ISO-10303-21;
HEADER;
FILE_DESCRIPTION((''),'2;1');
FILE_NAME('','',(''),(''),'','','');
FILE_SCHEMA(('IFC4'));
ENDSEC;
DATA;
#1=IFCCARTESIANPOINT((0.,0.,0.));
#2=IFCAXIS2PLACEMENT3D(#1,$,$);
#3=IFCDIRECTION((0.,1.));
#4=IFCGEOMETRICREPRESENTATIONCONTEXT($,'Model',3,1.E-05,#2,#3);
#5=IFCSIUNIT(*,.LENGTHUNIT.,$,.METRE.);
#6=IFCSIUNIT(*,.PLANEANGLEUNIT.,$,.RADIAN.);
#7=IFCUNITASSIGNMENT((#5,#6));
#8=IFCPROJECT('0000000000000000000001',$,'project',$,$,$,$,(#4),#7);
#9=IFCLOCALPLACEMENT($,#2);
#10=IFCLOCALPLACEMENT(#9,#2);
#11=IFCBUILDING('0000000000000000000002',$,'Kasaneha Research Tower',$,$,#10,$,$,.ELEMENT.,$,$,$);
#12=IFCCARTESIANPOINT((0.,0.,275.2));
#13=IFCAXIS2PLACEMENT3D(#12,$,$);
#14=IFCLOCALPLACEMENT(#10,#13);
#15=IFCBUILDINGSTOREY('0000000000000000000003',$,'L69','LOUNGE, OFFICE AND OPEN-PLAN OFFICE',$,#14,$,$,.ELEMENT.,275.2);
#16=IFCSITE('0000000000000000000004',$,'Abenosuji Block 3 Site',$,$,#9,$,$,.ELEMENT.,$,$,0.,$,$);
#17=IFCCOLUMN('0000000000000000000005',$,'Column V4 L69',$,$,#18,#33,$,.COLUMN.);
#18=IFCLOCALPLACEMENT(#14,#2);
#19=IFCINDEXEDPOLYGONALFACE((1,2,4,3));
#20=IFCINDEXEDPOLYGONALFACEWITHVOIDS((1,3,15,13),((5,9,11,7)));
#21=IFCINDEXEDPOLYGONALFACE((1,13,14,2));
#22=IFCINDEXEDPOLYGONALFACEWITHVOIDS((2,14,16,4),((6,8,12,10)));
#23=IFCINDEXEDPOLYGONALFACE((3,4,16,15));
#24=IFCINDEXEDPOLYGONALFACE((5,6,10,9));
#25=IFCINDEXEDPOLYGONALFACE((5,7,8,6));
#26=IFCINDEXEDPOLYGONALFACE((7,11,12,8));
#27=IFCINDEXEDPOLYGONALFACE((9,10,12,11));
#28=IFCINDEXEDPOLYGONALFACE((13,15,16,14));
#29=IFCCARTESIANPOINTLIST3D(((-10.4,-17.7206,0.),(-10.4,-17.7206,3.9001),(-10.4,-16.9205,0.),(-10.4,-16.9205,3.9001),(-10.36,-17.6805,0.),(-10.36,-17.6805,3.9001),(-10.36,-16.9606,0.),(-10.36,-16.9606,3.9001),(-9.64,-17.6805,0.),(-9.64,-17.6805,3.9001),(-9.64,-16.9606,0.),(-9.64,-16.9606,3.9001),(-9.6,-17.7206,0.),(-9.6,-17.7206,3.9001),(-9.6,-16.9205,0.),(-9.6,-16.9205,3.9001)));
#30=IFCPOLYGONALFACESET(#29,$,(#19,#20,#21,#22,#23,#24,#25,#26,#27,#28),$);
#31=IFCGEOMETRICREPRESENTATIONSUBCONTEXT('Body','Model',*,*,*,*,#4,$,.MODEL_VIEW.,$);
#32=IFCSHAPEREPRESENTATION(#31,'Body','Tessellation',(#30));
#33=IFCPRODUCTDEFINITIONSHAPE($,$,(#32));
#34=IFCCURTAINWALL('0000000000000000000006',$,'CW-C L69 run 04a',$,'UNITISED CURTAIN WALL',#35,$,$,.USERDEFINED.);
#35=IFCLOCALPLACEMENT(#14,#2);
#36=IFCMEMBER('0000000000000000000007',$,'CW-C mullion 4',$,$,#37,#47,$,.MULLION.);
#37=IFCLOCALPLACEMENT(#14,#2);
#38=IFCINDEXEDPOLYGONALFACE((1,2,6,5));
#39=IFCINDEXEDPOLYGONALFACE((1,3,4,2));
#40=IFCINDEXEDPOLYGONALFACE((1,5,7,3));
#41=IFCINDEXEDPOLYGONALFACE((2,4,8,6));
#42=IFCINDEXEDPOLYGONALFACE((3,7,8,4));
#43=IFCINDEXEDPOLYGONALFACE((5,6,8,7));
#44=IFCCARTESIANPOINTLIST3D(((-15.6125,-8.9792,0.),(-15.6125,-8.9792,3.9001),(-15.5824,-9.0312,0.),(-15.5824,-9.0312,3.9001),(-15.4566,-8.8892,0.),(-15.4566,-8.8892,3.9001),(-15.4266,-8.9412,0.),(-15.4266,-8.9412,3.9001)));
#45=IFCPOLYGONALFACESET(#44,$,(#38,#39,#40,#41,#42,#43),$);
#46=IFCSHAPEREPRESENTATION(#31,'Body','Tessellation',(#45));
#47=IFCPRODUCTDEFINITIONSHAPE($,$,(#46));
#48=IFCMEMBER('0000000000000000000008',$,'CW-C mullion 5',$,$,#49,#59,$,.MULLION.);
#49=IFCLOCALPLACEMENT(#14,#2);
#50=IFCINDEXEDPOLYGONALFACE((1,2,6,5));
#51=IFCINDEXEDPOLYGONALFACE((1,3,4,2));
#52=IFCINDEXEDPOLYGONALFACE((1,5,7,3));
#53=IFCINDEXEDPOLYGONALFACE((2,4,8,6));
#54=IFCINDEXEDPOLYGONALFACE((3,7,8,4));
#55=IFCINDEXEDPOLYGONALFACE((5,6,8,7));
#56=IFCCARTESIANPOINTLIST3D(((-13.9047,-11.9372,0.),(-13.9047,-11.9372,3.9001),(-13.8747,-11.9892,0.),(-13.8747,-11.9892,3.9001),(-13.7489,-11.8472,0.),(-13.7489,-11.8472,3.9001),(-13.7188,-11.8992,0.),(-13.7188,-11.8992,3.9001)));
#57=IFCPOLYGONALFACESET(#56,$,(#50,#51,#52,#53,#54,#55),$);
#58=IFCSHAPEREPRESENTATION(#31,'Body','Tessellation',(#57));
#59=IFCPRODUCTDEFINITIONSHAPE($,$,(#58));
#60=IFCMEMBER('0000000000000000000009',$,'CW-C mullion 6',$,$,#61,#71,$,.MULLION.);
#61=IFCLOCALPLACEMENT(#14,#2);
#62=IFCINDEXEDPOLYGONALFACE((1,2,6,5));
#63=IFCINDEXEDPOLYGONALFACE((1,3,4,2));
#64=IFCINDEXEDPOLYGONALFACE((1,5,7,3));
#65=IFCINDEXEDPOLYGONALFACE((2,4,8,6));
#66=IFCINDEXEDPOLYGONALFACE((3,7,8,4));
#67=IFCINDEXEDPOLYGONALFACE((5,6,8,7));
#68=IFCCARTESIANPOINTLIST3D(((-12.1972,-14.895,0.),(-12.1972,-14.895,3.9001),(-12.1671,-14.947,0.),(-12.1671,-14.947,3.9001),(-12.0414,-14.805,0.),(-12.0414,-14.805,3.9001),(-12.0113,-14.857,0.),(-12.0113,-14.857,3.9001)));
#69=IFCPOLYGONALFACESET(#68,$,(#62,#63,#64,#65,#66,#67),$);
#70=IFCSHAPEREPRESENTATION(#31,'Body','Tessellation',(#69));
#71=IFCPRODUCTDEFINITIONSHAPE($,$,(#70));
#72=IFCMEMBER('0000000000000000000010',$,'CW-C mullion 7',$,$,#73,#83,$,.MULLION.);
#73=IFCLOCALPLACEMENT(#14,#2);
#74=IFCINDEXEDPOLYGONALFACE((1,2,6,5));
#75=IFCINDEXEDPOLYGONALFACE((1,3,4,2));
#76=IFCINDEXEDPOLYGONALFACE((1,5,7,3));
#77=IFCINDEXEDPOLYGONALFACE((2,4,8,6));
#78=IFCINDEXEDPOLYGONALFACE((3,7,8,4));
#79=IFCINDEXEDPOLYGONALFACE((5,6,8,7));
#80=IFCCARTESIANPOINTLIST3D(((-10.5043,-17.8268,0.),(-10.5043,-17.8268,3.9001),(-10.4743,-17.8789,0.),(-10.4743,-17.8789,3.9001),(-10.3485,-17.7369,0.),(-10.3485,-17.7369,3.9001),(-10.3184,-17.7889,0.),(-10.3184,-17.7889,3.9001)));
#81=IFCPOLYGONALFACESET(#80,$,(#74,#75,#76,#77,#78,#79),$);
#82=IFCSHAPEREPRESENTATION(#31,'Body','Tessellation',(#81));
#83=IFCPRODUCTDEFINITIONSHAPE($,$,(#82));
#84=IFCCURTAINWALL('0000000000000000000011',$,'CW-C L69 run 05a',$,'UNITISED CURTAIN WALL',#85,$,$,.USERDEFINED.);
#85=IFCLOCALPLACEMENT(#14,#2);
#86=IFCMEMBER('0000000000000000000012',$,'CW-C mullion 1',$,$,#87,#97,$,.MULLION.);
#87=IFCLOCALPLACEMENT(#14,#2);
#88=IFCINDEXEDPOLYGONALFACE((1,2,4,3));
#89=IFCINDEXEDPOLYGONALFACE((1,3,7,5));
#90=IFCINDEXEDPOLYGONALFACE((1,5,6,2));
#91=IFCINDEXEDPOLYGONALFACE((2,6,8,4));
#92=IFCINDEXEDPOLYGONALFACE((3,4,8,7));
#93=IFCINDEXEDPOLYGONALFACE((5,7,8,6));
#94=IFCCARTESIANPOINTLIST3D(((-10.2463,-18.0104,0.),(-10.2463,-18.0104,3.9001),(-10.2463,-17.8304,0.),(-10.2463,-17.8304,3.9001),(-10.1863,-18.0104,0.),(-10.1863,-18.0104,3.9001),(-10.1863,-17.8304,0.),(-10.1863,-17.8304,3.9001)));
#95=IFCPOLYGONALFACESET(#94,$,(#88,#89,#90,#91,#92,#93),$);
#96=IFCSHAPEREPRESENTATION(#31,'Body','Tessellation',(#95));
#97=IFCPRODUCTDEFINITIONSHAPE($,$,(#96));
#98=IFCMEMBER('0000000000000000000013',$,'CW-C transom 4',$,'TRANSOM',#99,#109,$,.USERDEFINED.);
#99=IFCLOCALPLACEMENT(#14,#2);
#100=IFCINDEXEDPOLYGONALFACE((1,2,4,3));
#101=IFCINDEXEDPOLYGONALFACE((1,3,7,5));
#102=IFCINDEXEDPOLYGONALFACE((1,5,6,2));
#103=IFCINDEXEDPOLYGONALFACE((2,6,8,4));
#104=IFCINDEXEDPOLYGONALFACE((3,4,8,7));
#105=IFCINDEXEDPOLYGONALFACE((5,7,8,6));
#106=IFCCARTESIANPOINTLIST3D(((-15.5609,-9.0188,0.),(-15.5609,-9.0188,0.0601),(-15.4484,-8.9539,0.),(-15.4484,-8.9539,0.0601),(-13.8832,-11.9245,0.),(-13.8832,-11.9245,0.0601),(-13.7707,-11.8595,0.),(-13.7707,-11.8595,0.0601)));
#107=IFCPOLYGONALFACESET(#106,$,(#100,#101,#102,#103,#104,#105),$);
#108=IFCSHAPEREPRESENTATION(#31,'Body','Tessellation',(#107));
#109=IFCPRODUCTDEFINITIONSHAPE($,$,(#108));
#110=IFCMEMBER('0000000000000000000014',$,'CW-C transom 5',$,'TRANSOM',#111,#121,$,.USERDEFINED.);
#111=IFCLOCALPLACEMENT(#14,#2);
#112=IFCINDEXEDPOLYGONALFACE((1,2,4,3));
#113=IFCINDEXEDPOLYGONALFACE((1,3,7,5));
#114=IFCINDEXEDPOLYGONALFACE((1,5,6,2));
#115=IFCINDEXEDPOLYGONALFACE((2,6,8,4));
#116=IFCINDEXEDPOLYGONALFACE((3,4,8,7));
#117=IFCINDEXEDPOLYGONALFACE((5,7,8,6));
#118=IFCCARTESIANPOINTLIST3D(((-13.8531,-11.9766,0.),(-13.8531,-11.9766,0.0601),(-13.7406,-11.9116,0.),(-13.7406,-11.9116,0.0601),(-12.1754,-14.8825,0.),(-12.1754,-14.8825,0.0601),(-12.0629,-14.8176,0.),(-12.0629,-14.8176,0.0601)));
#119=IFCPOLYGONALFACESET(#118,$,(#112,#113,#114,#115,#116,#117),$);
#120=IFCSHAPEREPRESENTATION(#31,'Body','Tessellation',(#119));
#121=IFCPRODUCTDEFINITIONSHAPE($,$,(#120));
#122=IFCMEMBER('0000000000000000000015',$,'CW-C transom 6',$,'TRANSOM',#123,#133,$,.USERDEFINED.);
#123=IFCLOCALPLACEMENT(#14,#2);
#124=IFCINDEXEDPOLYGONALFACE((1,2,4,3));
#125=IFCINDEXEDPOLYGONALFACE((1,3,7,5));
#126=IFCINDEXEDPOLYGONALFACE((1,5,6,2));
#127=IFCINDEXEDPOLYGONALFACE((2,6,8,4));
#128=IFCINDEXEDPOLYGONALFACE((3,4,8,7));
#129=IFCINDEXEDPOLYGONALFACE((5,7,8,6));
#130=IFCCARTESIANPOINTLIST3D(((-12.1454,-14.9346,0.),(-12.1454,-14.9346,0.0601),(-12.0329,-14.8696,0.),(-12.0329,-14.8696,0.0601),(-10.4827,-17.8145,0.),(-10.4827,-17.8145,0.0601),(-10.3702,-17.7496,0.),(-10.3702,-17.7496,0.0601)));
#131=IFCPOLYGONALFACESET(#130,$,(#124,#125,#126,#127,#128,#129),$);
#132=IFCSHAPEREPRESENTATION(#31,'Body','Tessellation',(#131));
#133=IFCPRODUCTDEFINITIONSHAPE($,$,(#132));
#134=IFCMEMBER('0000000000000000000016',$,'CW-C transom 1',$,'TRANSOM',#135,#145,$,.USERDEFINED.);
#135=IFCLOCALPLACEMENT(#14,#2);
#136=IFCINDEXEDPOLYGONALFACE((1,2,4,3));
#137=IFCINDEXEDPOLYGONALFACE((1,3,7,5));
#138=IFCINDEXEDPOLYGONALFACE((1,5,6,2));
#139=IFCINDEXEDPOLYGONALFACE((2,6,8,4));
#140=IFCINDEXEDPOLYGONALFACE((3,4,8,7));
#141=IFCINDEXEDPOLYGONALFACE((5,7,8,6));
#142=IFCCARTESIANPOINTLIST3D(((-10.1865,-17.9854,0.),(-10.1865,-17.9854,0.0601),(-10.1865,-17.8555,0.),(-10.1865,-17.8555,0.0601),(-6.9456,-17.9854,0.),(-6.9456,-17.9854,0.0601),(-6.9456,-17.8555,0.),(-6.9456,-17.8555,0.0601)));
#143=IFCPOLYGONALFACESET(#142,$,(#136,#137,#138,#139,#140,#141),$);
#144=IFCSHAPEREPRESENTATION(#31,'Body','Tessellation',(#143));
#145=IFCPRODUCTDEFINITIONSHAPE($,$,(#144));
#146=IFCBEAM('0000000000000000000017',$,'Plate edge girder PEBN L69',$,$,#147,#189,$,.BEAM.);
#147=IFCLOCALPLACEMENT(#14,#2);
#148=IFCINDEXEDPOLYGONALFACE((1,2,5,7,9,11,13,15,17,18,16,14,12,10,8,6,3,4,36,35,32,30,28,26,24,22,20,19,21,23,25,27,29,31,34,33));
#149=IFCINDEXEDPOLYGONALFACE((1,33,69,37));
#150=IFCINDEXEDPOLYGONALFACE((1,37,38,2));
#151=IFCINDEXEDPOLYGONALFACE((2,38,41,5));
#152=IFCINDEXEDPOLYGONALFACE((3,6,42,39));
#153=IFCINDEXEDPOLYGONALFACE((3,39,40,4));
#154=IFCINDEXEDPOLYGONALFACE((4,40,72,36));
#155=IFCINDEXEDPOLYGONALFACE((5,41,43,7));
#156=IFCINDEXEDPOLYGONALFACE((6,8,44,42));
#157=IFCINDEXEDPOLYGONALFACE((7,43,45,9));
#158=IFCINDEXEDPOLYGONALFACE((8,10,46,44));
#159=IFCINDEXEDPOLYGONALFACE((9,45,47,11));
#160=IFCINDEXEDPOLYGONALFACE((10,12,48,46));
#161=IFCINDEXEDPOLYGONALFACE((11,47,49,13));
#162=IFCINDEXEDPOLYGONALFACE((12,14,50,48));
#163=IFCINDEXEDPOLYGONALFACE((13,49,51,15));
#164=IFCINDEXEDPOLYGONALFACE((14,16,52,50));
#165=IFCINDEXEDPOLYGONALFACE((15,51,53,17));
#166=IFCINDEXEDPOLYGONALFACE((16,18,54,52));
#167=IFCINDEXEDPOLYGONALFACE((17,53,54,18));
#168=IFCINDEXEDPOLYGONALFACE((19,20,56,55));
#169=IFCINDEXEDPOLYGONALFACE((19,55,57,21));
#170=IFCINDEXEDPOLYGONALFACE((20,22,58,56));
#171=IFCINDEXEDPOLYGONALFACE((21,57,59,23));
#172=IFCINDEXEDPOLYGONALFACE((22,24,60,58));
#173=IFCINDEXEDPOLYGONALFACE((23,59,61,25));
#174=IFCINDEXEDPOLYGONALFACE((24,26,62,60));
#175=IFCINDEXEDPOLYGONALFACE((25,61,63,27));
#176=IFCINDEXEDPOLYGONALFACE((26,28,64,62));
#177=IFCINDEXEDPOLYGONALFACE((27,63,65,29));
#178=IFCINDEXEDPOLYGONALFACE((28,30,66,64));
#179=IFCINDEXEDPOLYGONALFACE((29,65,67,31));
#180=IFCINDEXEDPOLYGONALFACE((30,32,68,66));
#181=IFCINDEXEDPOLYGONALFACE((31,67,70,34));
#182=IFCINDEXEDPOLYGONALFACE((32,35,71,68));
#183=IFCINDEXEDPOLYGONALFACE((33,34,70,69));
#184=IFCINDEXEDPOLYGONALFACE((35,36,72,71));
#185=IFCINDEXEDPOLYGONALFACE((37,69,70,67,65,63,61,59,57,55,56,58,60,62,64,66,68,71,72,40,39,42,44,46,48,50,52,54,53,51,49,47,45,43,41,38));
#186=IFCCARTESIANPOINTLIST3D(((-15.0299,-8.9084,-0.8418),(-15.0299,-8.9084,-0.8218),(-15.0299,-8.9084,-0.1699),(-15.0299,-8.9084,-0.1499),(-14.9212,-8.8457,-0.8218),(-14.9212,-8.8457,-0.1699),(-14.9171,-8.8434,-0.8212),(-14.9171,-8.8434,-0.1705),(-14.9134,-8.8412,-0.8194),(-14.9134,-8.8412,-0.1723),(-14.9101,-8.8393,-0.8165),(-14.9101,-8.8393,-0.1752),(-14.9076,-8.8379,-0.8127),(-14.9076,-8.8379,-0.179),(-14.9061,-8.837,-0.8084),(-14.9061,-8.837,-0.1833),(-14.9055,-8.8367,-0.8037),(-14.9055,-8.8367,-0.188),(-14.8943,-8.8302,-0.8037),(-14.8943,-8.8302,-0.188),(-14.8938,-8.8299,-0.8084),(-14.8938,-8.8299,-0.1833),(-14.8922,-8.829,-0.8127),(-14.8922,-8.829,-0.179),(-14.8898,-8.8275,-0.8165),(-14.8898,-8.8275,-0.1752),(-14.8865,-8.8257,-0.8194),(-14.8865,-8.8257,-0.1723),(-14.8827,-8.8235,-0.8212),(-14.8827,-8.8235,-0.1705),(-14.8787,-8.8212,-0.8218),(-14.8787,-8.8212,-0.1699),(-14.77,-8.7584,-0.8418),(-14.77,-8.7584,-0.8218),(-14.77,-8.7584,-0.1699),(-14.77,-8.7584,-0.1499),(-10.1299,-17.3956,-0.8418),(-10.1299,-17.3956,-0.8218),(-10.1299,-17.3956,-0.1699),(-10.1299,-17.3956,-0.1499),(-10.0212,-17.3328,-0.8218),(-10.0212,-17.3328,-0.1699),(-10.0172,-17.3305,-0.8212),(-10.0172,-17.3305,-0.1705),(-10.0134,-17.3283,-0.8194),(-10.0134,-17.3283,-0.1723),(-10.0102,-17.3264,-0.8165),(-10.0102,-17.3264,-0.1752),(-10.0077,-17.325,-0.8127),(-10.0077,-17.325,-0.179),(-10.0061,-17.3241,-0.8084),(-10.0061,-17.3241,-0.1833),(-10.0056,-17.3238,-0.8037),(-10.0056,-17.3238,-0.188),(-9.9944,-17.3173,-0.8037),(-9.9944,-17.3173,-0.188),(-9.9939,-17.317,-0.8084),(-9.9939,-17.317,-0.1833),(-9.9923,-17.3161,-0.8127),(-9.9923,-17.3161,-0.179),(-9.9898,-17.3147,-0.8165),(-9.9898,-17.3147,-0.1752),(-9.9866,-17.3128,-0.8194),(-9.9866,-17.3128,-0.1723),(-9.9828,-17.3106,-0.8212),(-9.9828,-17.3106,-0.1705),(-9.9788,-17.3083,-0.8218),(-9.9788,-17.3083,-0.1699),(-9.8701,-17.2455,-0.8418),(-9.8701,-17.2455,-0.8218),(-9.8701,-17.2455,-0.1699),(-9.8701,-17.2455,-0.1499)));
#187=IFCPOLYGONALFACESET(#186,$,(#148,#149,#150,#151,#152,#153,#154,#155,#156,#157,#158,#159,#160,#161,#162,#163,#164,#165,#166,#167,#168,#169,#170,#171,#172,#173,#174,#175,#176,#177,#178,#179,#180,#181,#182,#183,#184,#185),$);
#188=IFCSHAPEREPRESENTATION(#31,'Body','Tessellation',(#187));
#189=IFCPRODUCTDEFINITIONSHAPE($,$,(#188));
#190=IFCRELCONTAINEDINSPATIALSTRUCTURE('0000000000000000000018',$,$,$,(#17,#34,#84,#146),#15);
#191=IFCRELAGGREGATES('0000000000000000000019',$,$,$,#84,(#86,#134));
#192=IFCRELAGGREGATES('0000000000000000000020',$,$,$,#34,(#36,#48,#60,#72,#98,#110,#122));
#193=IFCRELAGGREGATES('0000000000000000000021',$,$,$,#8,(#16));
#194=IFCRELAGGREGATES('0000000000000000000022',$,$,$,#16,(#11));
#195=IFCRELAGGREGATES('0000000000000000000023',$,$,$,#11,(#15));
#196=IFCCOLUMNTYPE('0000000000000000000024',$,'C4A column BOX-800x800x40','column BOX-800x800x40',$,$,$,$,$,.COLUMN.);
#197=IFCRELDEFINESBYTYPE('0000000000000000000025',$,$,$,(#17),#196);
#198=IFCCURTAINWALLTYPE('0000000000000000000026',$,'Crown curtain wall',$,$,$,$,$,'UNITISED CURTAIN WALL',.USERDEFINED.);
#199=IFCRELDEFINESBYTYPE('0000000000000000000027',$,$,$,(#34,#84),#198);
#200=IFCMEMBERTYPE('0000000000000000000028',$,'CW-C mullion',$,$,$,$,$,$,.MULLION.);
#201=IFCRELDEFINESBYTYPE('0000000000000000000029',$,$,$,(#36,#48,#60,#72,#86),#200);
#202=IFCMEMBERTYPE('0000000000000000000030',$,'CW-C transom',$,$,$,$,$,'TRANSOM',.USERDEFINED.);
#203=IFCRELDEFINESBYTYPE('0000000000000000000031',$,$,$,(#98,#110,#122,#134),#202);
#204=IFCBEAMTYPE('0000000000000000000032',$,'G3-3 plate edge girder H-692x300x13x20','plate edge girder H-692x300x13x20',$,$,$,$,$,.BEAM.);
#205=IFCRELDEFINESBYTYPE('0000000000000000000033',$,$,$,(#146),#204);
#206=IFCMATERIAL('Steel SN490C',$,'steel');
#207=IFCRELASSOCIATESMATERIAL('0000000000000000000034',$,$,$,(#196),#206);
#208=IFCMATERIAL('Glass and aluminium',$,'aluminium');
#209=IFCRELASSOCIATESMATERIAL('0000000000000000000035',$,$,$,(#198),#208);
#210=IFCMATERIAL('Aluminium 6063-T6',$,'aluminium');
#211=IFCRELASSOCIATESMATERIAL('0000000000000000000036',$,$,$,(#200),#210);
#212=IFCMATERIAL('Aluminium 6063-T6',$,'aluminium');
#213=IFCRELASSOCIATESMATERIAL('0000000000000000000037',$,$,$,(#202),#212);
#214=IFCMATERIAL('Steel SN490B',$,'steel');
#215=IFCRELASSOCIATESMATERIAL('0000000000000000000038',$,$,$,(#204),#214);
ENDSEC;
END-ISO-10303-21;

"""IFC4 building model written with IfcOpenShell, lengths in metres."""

from ifc_helpers import new_model, si_unit, direction, frame, origin, origin_2d, place, context, subcontext, project, spatial, rectangle, hollow_rectangle, i_section, extrude, material, material_profile, profile_set, type_object, element, aggregate, save


model = new_model("IFC4")

# Units and contexts
model_context = context("Model", 3, precision=1e-05, world=origin(), true_north=direction((0.0, 1.0)))
body_context = subcontext(model_context, "Body", "Model", "MODEL_VIEW")
ifc_project = project(units=[si_unit("LENGTHUNIT", "METRE"), si_unit("PLANEANGLEUNIT", "RADIAN")], contexts=[model_context])

# Site, building, storey
site_placement = place(None, origin())
site = spatial("IfcSite", under=ifc_project, at=site_placement, Name="Abenosuji Block 3 Site", CompositionType="ELEMENT", RefElevation=0.0)
building_placement = place(site_placement, origin())
building = spatial("IfcBuilding", under=site, at=building_placement, Name="Kasaneha Research Tower", CompositionType="ELEMENT")
storey_placement = place(building_placement, frame((0.0, 0.0, 275.2)))
storey = spatial("IfcBuildingStorey", under=building, at=storey_placement, Name="L69", Description="LOUNGE, OFFICE AND OPEN-PLAN OFFICE", CompositionType="ELEMENT", Elevation=275.2)

# Column
ifc_material_1 = material(Name="Steel SN490C", Category="steel")
ifc_material_profile_1 = material_profile(ifc_material_1, hollow_rectangle(XDim=0.8, YDim=0.8, WallThickness=0.04, at=origin_2d()), Name="BOX-800x800x40")
ifc_profile_set_1 = profile_set([ifc_material_profile_1], Name="Steel SN490C")
column_type = type_object("IfcColumnType", Name="C4A column BOX-800x800x40", Description="column BOX-800x800x40", PredefinedType="COLUMN", material=ifc_profile_set_1)
column_placement = place(storey_placement, frame((-10.0, -17.3206, 0.0), z_axis=(0.0, 0.0, 1.0), x_axis=(1.0, 0.0, 0.0)))
element("IfcColumn", 1, at=column_placement, inside=storey, type_object=column_type, Name="Column V4 L69", PredefinedType="COLUMN", context=body_context, shape_type="SweptSolid", body=[
    extrude(hollow_rectangle(XDim=0.8, YDim=0.8, WallThickness=0.04, at=origin_2d()), origin(), (0.0, 0.0, 1.0), 3.9001),
])

# Curtain wall, members
ifc_material_2 = material(Name="Glass and aluminium", Category="aluminium")
curtain_wall_type = type_object("IfcCurtainWallType", Name="Crown curtain wall", ElementType="UNITISED CURTAIN WALL", PredefinedType="USERDEFINED", material=ifc_material_2)
curtain_wall_1_placement = place(storey_placement, origin())
curtain_wall_1 = element("IfcCurtainWall", 2, at=curtain_wall_1_placement, inside=storey, type_object=curtain_wall_type, Name="CW-C L69 run 04a", ObjectType="UNITISED CURTAIN WALL", PredefinedType="USERDEFINED")
ifc_material_3 = material(Name="Aluminium 6063-T6", Category="aluminium")
ifc_material_profile_2 = material_profile(ifc_material_3, rectangle(XDim=0.0601, YDim=0.1799, at=origin_2d()), Name="CW-C mullion 60x180")
ifc_profile_set_2 = profile_set([ifc_material_profile_2], Name="Aluminium 6063-T6")
member_type_1 = type_object("IfcMemberType", Name="CW-C mullion", PredefinedType="MULLION", material=ifc_profile_set_2)
member_1_placement = place(storey_placement, frame((-15.5195, -8.9602, 0.0), z_axis=(0.0, 0.0, 1.0), x_axis=(0.5, -0.866025, 0.0)))
member_1 = element("IfcMember", 3, at=member_1_placement, type_object=member_type_1, Name="CW-C mullion 4", PredefinedType="MULLION", context=body_context, shape_type="SweptSolid", body=[
    extrude(rectangle(XDim=0.0601, YDim=0.1799, at=origin_2d()), origin(), (0.0, 0.0, 1.0), 3.9001),
])
member_2_placement = place(storey_placement, frame((-13.8118, -11.9182, 0.0), z_axis=(0.0, 0.0, 1.0), x_axis=(0.5, -0.866025, 0.0)))
member_2 = element("IfcMember", 4, at=member_2_placement, type_object=member_type_1, Name="CW-C mullion 5", PredefinedType="MULLION", context=body_context, shape_type="SweptSolid", body=[
    extrude(rectangle(XDim=0.0601, YDim=0.1799, at=origin_2d()), origin(), (0.0, 0.0, 1.0), 3.9001),
])
member_3_placement = place(storey_placement, frame((-12.1042, -14.876, 0.0), z_axis=(0.0, 0.0, 1.0), x_axis=(0.5, -0.866025, 0.0)))
member_3 = element("IfcMember", 5, at=member_3_placement, type_object=member_type_1, Name="CW-C mullion 6", PredefinedType="MULLION", context=body_context, shape_type="SweptSolid", body=[
    extrude(rectangle(XDim=0.0601, YDim=0.1799, at=origin_2d()), origin(), (0.0, 0.0, 1.0), 3.9001),
])
member_4_placement = place(storey_placement, frame((-10.4114, -17.8079, 0.0), z_axis=(0.0, 0.0, 1.0), x_axis=(0.5, -0.866025, 0.0)))
member_4 = element("IfcMember", 6, at=member_4_placement, type_object=member_type_1, Name="CW-C mullion 7", PredefinedType="MULLION", context=body_context, shape_type="SweptSolid", body=[
    extrude(rectangle(XDim=0.0601, YDim=0.1799, at=origin_2d()), origin(), (0.0, 0.0, 1.0), 3.9001),
])

# Curtain wall, member
curtain_wall_2_placement = place(storey_placement, origin())
curtain_wall_2 = element("IfcCurtainWall", 7, at=curtain_wall_2_placement, inside=storey, type_object=curtain_wall_type, Name="CW-C L69 run 05a", ObjectType="UNITISED CURTAIN WALL", PredefinedType="USERDEFINED")
member_5_placement = place(storey_placement, frame((-10.2163, -17.9204, 0.0), z_axis=(0.0, 0.0, 1.0), x_axis=(1.0, 0.0, 0.0)))
member_5 = element("IfcMember", 8, at=member_5_placement, type_object=member_type_1, Name="CW-C mullion 1", PredefinedType="MULLION", context=body_context, shape_type="SweptSolid", body=[
    extrude(rectangle(XDim=0.0601, YDim=0.1799, at=origin_2d()), origin(), (0.0, 0.0, 1.0), 3.9001),
])

# Members
ifc_material_4 = material(Name="Aluminium 6063-T6", Category="aluminium")
ifc_material_profile_3 = material_profile(ifc_material_4, rectangle(XDim=0.1299, YDim=0.0601, at=origin_2d()), Name="CW-C transom 130x60")
ifc_profile_set_3 = profile_set([ifc_material_profile_3], Name="Aluminium 6063-T6")
member_type_2 = type_object("IfcMemberType", Name="CW-C transom", ElementType="TRANSOM", PredefinedType="USERDEFINED", material=ifc_profile_set_3)
member_6_placement = place(storey_placement, frame((-15.5046, -8.9863, 0.03), z_axis=(0.500021, -0.866014, 0.0), x_axis=(0.866014, 0.500021, 0.0)))
member_6 = element("IfcMember", 9, at=member_6_placement, type_object=member_type_2, Name="CW-C transom 4", ObjectType="TRANSOM", PredefinedType="USERDEFINED", context=body_context, shape_type="SweptSolid", body=[
    extrude(rectangle(XDim=0.1299, YDim=0.0601, at=origin_2d()), origin(), (0.0, 0.0, 1.0), 3.3552),
])
member_7_placement = place(storey_placement, frame((-13.7969, -11.9441, 0.03), z_axis=(0.499989, -0.866032, 0.0), x_axis=(0.866032, 0.499989, 0.0)))
member_7 = element("IfcMember", 10, at=member_7_placement, type_object=member_type_2, Name="CW-C transom 5", ObjectType="TRANSOM", PredefinedType="USERDEFINED", context=body_context, shape_type="SweptSolid", body=[
    extrude(rectangle(XDim=0.1299, YDim=0.0601, at=origin_2d()), origin(), (0.0, 0.0, 1.0), 3.3555),
])
member_8_placement = place(storey_placement, frame((-12.0891, -14.9021, 0.03), z_axis=(0.499977, -0.866039, 0.0), x_axis=(0.866039, 0.499977, 0.0)))
member_8 = element("IfcMember", 11, at=member_8_placement, type_object=member_type_2, Name="CW-C transom 6", ObjectType="TRANSOM", PredefinedType="USERDEFINED", context=body_context, shape_type="SweptSolid", body=[
    extrude(rectangle(XDim=0.1299, YDim=0.0601, at=origin_2d()), origin(), (0.0, 0.0, 1.0), 3.3254),
])
member_9_placement = place(storey_placement, frame((-10.1865, -17.9204, 0.03), z_axis=(1.0, 0.0, 0.0), x_axis=(0.0, 1.0, 0.0)))
member_9 = element("IfcMember", 12, at=member_9_placement, type_object=member_type_2, Name="CW-C transom 1", ObjectType="TRANSOM", PredefinedType="USERDEFINED", context=body_context, shape_type="SweptSolid", body=[
    extrude(rectangle(XDim=0.1299, YDim=0.0601, at=origin_2d()), origin(), (0.0, 0.0, 1.0), 3.241),
])
aggregate(curtain_wall_2, [member_5, member_9])

# Beam
ifc_material_5 = material(Name="Steel SN490B", Category="steel")
ifc_material_profile_4 = material_profile(ifc_material_5, i_section(OverallWidth=0.3, OverallDepth=0.6919, WebThickness=0.0129, FlangeThickness=0.02, FilletRadius=0.0181, at=origin_2d()), Name="H-692x300x13x20")
ifc_profile_set_4 = profile_set([ifc_material_profile_4], Name="Steel SN490B")
beam_type_1 = type_object("IfcBeamType", Name="G3-3 plate edge girder H-692x300x13x20", Description="plate edge girder H-692x300x13x20", PredefinedType="BEAM", material=ifc_profile_set_4)
beam_1_placement = place(storey_placement, frame((-10.0, -17.3206, -0.4958), z_axis=(-0.499992, 0.86603, 0.0), x_axis=(-0.86603, -0.499992, 0.0)))
element("IfcBeam", 13, at=beam_1_placement, inside=storey, type_object=beam_type_1, Name="Plate edge girder PEBN L69", PredefinedType="BEAM", context=body_context, shape_type="SweptSolid", body=[
    extrude(i_section(OverallWidth=0.3, OverallDepth=0.6919, WebThickness=0.0129, FlangeThickness=0.02, FilletRadius=0.0181, at=origin_2d()), origin(), (0.0, 0.0, 1.0), 9.8),
])

aggregate(curtain_wall_1, [member_1, member_2, member_3, member_4, member_6, member_7, member_8])

save(model, "model.ifc")
